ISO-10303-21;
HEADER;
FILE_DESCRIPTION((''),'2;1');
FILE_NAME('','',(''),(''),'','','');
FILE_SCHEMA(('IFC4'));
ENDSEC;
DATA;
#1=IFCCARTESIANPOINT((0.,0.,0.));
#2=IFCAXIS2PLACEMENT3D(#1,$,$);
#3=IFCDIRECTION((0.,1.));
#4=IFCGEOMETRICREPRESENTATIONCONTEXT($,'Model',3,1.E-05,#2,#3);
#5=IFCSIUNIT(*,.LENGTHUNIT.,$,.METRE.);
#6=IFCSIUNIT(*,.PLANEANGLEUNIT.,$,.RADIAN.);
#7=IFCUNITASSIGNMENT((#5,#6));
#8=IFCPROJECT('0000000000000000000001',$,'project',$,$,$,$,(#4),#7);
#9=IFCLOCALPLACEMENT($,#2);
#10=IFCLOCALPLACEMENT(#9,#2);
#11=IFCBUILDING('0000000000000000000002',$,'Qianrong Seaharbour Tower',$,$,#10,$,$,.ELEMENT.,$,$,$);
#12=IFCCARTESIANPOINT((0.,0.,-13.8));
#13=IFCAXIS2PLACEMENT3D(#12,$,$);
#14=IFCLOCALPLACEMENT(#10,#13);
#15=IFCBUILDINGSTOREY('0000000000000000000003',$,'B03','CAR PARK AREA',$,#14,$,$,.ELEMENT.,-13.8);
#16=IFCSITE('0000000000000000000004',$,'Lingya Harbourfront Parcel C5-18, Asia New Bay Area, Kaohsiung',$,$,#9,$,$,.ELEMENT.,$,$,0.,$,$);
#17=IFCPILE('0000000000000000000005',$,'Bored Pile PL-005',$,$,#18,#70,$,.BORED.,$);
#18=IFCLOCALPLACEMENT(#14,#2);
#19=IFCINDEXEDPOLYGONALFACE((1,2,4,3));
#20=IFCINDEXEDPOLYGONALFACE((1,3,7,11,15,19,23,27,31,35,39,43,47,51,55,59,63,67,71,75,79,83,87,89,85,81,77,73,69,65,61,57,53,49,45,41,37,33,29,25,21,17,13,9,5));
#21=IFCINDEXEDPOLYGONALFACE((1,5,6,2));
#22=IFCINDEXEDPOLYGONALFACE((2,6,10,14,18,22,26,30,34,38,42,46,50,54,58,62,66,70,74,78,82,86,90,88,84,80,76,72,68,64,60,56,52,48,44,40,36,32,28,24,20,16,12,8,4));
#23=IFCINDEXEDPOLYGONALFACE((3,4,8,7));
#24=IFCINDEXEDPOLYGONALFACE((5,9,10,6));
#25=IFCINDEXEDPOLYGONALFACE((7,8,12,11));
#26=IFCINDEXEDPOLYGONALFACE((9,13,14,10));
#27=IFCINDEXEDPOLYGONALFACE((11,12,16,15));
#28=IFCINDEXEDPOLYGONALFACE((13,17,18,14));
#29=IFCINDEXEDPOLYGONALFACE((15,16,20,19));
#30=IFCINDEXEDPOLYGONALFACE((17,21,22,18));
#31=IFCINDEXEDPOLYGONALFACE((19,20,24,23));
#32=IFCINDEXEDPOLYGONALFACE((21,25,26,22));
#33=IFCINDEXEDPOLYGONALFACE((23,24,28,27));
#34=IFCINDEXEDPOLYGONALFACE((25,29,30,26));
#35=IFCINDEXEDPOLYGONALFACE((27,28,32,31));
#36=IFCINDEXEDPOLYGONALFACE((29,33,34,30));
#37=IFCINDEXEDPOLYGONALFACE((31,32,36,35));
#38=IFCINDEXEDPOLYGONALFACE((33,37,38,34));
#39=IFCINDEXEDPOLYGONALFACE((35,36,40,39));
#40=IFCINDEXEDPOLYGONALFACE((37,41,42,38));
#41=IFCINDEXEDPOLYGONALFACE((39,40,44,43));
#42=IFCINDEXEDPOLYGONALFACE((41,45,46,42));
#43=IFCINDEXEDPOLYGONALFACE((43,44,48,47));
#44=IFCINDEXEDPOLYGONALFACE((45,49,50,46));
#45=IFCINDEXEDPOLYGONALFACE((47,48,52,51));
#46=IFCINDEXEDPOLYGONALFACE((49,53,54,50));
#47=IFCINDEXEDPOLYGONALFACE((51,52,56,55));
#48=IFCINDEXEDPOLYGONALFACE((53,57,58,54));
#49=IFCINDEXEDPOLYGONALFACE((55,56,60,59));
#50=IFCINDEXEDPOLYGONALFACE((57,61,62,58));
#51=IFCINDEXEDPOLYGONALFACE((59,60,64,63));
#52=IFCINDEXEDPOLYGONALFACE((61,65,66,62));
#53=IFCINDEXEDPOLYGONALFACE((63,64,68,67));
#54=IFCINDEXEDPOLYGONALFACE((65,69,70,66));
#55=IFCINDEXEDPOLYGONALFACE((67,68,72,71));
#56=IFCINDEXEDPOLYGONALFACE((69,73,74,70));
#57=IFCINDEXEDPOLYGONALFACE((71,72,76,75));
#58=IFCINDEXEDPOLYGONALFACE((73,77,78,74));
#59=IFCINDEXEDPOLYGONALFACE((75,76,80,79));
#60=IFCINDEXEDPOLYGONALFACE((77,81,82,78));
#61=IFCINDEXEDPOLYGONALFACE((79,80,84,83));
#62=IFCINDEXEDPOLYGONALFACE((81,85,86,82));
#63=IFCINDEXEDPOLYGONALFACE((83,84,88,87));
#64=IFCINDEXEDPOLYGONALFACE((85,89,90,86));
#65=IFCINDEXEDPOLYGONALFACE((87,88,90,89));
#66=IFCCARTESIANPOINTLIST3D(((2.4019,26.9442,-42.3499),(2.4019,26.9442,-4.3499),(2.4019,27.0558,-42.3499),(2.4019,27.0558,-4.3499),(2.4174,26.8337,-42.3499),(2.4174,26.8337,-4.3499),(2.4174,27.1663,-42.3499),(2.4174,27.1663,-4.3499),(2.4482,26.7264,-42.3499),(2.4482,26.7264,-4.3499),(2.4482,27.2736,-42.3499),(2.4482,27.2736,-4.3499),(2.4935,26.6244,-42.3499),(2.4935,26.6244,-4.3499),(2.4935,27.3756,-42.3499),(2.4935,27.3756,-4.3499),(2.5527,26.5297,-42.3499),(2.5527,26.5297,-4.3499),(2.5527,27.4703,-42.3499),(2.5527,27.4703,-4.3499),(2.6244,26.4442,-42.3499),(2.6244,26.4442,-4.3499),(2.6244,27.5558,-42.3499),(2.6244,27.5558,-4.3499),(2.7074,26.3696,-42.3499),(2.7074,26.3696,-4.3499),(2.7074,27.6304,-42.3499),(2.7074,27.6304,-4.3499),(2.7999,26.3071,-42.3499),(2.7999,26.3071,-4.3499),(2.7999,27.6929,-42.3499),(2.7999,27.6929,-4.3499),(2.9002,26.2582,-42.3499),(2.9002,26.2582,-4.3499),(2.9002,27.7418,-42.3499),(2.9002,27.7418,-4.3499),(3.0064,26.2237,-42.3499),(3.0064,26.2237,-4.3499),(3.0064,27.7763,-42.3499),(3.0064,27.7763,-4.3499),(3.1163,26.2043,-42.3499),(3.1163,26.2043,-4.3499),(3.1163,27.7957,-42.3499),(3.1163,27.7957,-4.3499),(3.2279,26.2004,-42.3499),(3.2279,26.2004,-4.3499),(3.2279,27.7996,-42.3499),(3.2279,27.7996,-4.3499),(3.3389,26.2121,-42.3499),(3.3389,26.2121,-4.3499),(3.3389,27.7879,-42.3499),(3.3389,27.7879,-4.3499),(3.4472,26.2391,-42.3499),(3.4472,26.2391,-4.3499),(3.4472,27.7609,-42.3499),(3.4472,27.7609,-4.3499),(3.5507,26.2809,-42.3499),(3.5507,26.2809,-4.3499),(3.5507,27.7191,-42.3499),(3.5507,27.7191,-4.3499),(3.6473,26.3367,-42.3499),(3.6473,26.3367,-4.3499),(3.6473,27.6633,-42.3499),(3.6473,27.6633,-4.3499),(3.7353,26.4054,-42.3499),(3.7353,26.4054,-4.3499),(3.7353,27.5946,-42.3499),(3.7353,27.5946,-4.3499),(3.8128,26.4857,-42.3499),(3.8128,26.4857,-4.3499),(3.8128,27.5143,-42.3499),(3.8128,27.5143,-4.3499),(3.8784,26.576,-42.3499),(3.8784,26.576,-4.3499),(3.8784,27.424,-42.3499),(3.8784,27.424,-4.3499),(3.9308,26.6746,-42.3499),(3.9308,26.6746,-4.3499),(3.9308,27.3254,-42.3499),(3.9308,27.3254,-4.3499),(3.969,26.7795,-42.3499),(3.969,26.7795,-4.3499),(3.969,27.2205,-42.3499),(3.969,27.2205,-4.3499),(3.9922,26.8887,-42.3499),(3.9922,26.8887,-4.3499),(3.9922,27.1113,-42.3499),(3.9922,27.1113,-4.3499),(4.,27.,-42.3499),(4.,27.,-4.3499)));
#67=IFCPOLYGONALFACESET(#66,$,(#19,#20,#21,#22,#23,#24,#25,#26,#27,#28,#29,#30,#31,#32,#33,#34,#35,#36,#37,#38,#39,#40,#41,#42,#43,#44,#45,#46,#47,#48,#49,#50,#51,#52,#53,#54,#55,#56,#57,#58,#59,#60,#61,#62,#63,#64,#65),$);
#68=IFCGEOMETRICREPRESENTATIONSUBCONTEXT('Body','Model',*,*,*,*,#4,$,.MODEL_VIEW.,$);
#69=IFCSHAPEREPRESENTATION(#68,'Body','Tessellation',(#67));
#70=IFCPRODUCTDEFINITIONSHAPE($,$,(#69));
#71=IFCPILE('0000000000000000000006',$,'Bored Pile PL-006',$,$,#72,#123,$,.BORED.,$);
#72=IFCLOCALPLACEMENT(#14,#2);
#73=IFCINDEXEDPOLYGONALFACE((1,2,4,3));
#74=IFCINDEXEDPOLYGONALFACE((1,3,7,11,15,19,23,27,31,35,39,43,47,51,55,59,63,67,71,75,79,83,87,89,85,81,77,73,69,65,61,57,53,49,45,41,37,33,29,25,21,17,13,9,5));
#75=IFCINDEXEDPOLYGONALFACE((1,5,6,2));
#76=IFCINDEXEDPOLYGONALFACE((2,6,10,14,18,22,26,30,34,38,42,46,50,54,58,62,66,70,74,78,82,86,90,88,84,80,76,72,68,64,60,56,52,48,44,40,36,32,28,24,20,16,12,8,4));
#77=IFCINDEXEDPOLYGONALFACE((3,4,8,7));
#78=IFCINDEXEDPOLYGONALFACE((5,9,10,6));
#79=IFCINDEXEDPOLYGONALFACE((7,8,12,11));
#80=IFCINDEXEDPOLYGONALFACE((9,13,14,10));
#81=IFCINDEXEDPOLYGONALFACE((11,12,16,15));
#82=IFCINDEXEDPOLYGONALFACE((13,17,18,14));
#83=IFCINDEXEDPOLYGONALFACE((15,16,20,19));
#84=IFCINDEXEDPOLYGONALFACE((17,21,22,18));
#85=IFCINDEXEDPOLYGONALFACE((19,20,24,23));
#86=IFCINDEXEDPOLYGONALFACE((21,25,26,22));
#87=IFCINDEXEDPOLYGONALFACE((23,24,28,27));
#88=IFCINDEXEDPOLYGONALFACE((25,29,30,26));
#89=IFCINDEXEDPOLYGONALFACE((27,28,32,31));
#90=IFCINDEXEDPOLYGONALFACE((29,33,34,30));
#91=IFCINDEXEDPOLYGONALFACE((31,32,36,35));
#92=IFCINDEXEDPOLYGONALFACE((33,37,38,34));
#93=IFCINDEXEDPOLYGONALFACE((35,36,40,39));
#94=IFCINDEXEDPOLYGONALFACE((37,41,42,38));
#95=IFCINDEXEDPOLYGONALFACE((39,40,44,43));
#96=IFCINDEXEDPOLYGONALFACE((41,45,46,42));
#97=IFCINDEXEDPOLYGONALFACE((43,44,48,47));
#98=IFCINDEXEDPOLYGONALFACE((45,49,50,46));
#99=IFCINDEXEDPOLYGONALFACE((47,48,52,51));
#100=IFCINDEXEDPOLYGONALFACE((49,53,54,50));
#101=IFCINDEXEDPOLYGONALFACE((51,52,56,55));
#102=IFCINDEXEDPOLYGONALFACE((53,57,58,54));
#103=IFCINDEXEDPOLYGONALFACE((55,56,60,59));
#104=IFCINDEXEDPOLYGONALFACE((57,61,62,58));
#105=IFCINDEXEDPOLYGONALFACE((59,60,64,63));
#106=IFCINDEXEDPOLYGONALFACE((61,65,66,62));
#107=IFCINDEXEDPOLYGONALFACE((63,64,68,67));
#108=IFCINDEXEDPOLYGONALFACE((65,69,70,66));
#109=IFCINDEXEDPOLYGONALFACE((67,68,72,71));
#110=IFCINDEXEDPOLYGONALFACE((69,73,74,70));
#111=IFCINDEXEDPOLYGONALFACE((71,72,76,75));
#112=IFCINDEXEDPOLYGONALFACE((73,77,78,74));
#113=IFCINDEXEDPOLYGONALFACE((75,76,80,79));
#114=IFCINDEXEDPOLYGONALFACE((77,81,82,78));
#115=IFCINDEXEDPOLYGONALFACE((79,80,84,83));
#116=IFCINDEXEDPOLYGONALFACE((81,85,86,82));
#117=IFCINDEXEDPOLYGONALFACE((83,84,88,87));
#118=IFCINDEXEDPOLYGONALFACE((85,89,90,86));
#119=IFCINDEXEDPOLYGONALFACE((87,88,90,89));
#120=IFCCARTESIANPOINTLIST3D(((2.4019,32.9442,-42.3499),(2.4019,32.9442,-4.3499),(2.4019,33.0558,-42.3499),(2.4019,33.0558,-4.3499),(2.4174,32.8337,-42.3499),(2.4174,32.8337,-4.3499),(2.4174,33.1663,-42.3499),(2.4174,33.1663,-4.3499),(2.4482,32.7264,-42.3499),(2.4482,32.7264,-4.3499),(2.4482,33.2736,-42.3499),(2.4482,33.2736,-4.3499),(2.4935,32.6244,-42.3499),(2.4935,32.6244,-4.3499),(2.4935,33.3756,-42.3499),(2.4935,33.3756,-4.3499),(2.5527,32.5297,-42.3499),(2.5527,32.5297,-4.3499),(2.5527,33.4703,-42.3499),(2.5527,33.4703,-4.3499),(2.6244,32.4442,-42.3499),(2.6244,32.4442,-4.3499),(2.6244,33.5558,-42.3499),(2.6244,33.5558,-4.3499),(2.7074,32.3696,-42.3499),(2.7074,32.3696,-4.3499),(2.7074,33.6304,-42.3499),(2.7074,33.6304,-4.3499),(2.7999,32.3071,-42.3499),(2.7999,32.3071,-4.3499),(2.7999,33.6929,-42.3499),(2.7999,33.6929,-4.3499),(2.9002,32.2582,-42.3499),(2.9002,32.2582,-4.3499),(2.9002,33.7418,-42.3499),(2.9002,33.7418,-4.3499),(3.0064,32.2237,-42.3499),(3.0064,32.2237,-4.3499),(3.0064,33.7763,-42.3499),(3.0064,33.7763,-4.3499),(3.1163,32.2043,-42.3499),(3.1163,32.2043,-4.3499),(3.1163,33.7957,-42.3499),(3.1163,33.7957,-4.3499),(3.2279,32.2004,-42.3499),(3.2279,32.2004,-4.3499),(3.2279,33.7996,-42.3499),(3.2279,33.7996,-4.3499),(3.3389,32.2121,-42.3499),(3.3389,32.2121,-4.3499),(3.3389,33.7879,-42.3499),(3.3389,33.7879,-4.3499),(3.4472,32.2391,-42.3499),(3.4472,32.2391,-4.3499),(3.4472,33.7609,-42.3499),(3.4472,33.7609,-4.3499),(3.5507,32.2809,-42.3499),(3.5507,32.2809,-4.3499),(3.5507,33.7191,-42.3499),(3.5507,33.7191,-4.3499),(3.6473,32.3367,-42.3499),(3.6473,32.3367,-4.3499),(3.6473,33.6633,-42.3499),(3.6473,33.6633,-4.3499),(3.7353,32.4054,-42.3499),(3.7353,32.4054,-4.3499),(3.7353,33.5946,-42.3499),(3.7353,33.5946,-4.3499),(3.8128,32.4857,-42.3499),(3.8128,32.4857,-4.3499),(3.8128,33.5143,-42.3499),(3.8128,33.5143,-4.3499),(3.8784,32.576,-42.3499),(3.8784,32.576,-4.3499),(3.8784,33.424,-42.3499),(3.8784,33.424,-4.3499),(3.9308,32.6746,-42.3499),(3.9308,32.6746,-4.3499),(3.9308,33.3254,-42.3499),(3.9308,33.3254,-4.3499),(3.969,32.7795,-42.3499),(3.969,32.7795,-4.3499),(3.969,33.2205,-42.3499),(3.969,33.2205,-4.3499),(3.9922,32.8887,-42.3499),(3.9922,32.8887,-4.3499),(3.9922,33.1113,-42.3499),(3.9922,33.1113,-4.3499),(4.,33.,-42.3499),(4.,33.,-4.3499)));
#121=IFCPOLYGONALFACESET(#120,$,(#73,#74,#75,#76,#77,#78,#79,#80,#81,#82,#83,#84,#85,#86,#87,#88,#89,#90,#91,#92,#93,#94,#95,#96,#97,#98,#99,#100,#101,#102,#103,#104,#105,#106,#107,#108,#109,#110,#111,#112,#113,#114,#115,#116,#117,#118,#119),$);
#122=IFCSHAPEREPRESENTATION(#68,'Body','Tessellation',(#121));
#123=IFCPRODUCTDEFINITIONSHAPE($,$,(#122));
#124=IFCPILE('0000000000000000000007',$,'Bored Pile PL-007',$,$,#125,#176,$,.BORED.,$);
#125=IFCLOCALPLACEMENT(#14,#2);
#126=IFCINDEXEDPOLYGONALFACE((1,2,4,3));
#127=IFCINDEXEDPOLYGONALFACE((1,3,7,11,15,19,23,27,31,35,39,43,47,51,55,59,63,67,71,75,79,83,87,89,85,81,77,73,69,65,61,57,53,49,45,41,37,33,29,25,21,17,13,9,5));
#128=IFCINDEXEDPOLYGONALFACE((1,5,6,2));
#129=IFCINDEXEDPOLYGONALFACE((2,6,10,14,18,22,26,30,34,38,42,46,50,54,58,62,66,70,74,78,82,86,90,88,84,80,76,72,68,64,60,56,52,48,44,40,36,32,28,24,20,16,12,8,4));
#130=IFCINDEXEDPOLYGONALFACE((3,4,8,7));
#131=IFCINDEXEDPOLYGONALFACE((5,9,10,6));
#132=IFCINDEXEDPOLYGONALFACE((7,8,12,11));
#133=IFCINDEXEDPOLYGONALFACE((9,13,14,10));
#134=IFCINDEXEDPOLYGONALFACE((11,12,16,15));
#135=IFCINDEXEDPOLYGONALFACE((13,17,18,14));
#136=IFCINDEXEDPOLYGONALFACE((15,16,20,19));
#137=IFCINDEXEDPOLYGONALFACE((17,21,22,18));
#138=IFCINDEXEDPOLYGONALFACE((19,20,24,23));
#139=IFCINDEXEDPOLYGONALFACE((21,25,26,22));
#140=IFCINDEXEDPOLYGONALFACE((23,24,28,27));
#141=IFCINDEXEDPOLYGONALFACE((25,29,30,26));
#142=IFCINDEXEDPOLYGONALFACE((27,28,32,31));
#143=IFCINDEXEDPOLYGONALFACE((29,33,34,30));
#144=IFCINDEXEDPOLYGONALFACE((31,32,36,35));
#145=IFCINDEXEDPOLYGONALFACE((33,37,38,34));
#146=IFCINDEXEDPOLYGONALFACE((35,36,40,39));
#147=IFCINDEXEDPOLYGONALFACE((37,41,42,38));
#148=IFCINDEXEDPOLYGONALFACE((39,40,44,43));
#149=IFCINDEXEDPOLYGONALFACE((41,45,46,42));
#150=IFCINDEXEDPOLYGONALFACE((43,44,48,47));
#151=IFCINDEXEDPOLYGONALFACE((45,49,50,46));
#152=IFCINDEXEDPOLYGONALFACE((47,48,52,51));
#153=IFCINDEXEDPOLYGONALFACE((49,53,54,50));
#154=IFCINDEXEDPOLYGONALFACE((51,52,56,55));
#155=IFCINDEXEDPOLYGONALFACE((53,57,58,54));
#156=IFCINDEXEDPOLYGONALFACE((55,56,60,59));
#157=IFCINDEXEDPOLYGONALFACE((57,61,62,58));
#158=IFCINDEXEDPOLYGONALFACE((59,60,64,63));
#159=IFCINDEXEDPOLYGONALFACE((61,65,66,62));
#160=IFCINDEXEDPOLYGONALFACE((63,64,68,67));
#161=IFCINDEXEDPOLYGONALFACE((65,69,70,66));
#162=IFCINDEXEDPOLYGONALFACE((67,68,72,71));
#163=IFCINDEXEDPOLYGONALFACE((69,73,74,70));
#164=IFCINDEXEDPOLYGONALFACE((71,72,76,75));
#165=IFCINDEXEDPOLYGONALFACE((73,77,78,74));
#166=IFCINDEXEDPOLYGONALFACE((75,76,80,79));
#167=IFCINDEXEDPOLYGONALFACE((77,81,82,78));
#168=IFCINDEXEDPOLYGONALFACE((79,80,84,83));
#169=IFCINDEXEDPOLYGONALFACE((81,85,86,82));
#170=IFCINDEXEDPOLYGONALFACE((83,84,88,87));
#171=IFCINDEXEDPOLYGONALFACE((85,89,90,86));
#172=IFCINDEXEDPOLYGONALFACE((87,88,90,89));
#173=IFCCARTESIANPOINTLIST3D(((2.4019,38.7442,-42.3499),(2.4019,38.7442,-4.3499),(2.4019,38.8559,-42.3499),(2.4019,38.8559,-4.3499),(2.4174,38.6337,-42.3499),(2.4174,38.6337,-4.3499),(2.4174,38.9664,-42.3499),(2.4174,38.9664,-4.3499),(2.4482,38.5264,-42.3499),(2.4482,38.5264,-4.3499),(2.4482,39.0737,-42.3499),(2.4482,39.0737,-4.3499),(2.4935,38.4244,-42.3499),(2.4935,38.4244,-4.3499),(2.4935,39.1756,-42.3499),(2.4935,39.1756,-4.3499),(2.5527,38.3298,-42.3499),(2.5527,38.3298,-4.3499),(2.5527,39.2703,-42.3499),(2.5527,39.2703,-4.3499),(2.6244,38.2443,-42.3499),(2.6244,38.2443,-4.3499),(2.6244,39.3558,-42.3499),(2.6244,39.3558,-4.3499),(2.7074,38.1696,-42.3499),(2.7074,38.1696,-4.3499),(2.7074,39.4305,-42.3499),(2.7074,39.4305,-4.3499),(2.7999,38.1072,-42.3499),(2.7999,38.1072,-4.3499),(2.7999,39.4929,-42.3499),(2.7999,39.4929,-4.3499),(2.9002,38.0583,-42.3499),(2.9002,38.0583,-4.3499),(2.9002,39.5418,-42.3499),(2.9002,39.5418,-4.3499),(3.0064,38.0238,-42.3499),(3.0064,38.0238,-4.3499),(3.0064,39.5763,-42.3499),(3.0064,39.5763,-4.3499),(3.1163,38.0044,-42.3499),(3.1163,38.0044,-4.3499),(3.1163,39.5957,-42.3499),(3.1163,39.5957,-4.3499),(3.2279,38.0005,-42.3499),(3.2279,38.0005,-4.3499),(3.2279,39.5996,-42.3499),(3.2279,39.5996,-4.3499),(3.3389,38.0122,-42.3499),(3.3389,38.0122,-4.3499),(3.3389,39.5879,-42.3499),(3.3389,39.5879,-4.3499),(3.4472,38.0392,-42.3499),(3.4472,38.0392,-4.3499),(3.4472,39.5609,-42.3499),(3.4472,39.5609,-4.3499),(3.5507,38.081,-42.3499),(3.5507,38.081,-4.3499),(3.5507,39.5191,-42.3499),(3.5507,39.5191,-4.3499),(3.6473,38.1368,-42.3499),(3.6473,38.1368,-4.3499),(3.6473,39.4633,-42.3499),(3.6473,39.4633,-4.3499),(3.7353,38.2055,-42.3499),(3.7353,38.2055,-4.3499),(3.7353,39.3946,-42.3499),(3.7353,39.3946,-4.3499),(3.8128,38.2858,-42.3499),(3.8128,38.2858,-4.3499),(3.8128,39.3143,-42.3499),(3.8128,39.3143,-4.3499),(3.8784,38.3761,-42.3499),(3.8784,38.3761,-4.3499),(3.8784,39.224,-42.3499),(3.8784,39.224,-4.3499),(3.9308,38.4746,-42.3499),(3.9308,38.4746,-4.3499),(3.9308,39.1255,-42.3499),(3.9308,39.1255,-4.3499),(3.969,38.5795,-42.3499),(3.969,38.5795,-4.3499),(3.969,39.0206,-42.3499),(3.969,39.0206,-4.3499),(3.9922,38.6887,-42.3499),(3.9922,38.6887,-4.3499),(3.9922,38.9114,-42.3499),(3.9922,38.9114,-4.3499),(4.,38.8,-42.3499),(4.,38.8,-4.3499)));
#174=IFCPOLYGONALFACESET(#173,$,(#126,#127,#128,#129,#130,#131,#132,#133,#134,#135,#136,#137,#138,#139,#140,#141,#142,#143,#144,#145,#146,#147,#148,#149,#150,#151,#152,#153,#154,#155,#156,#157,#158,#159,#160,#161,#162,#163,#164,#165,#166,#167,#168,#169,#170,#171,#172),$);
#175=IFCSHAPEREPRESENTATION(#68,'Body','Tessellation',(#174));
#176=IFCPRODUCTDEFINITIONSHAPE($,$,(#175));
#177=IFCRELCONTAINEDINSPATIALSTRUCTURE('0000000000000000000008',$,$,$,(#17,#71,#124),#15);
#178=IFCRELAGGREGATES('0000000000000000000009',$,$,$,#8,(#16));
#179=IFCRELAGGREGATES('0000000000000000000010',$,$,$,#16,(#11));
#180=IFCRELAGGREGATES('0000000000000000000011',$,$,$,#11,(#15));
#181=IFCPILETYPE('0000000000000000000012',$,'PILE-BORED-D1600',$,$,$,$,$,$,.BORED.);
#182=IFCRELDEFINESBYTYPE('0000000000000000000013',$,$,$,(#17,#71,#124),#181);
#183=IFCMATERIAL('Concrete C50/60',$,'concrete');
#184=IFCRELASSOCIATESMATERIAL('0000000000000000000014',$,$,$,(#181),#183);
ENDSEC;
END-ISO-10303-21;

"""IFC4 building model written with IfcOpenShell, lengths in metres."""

from ifc_helpers import new_model, si_unit, direction, frame, origin, origin_2d, place, context, subcontext, project, spatial, circle, extrude, material, material_profile, profile_set, type_object, element, save


model = new_model("IFC4")

# Units and contexts
model_context = context("Model", 3, precision=1e-05, world=origin(), true_north=direction((0.0, 1.0)))
body_context = subcontext(model_context, "Body", "Model", "MODEL_VIEW")
ifc_project = project(units=[si_unit("LENGTHUNIT", "METRE"), si_unit("PLANEANGLEUNIT", "RADIAN")], contexts=[model_context])

# Site, building, storey
site_placement = place(None, origin())
site = spatial("IfcSite", under=ifc_project, at=site_placement, Name="Lingya Harbourfront Parcel C5-18, Asia New Bay Area, Kaohsiung", CompositionType="ELEMENT", RefElevation=0.0)
building_placement = place(site_placement, origin())
building = spatial("IfcBuilding", under=site, at=building_placement, Name="Qianrong Seaharbour Tower", CompositionType="ELEMENT")
storey_placement = place(building_placement, frame((0.0, 0.0, -13.8)))
storey = spatial("IfcBuildingStorey", under=building, at=storey_placement, Name="B03", Description="CAR PARK AREA", CompositionType="ELEMENT", Elevation=-13.8)

# Piles
ifc_material_1 = material(Name="Concrete C50/60", Category="concrete")
ifc_material_profile_1 = material_profile(ifc_material_1, circle(Radius=0.8, at=origin_2d()), Name="PILE-D1600")
ifc_profile_set_1 = profile_set([ifc_material_profile_1], Name="Concrete C50/60")
pile_type_1 = type_object("IfcPileType", Name="PILE-BORED-D1600", PredefinedType="BORED", material=ifc_profile_set_1)
for number, where, z_axis, x_axis, name in (
    (1, (3.2, 27.0, -4.3499), (0.0, 0.0, -1.0), (1.0, 0.0, 0.0), "Bored Pile PL-005"),
    (2, (3.2, 33.0, -4.3499), (0.0, 0.0, -1.0), (1.0, 0.0, 0.0), "Bored Pile PL-006"),
    (3, (3.2, 38.8, -4.3499), (0.0, 0.0, -1.0), (1.0, 0.0, 0.0), "Bored Pile PL-007"),
):
    element("IfcPile", number, at=place(storey_placement, frame(where, z_axis=z_axis, x_axis=x_axis)), inside=storey, type_object=pile_type_1, Name=name, PredefinedType="BORED", context=body_context, shape_type="SweptSolid", body=[
        extrude(circle(Radius=0.8, at=origin_2d()), origin(), (0.0, 0.0, 1.0), 38.0),
    ])

save(model, "model.ifc")
